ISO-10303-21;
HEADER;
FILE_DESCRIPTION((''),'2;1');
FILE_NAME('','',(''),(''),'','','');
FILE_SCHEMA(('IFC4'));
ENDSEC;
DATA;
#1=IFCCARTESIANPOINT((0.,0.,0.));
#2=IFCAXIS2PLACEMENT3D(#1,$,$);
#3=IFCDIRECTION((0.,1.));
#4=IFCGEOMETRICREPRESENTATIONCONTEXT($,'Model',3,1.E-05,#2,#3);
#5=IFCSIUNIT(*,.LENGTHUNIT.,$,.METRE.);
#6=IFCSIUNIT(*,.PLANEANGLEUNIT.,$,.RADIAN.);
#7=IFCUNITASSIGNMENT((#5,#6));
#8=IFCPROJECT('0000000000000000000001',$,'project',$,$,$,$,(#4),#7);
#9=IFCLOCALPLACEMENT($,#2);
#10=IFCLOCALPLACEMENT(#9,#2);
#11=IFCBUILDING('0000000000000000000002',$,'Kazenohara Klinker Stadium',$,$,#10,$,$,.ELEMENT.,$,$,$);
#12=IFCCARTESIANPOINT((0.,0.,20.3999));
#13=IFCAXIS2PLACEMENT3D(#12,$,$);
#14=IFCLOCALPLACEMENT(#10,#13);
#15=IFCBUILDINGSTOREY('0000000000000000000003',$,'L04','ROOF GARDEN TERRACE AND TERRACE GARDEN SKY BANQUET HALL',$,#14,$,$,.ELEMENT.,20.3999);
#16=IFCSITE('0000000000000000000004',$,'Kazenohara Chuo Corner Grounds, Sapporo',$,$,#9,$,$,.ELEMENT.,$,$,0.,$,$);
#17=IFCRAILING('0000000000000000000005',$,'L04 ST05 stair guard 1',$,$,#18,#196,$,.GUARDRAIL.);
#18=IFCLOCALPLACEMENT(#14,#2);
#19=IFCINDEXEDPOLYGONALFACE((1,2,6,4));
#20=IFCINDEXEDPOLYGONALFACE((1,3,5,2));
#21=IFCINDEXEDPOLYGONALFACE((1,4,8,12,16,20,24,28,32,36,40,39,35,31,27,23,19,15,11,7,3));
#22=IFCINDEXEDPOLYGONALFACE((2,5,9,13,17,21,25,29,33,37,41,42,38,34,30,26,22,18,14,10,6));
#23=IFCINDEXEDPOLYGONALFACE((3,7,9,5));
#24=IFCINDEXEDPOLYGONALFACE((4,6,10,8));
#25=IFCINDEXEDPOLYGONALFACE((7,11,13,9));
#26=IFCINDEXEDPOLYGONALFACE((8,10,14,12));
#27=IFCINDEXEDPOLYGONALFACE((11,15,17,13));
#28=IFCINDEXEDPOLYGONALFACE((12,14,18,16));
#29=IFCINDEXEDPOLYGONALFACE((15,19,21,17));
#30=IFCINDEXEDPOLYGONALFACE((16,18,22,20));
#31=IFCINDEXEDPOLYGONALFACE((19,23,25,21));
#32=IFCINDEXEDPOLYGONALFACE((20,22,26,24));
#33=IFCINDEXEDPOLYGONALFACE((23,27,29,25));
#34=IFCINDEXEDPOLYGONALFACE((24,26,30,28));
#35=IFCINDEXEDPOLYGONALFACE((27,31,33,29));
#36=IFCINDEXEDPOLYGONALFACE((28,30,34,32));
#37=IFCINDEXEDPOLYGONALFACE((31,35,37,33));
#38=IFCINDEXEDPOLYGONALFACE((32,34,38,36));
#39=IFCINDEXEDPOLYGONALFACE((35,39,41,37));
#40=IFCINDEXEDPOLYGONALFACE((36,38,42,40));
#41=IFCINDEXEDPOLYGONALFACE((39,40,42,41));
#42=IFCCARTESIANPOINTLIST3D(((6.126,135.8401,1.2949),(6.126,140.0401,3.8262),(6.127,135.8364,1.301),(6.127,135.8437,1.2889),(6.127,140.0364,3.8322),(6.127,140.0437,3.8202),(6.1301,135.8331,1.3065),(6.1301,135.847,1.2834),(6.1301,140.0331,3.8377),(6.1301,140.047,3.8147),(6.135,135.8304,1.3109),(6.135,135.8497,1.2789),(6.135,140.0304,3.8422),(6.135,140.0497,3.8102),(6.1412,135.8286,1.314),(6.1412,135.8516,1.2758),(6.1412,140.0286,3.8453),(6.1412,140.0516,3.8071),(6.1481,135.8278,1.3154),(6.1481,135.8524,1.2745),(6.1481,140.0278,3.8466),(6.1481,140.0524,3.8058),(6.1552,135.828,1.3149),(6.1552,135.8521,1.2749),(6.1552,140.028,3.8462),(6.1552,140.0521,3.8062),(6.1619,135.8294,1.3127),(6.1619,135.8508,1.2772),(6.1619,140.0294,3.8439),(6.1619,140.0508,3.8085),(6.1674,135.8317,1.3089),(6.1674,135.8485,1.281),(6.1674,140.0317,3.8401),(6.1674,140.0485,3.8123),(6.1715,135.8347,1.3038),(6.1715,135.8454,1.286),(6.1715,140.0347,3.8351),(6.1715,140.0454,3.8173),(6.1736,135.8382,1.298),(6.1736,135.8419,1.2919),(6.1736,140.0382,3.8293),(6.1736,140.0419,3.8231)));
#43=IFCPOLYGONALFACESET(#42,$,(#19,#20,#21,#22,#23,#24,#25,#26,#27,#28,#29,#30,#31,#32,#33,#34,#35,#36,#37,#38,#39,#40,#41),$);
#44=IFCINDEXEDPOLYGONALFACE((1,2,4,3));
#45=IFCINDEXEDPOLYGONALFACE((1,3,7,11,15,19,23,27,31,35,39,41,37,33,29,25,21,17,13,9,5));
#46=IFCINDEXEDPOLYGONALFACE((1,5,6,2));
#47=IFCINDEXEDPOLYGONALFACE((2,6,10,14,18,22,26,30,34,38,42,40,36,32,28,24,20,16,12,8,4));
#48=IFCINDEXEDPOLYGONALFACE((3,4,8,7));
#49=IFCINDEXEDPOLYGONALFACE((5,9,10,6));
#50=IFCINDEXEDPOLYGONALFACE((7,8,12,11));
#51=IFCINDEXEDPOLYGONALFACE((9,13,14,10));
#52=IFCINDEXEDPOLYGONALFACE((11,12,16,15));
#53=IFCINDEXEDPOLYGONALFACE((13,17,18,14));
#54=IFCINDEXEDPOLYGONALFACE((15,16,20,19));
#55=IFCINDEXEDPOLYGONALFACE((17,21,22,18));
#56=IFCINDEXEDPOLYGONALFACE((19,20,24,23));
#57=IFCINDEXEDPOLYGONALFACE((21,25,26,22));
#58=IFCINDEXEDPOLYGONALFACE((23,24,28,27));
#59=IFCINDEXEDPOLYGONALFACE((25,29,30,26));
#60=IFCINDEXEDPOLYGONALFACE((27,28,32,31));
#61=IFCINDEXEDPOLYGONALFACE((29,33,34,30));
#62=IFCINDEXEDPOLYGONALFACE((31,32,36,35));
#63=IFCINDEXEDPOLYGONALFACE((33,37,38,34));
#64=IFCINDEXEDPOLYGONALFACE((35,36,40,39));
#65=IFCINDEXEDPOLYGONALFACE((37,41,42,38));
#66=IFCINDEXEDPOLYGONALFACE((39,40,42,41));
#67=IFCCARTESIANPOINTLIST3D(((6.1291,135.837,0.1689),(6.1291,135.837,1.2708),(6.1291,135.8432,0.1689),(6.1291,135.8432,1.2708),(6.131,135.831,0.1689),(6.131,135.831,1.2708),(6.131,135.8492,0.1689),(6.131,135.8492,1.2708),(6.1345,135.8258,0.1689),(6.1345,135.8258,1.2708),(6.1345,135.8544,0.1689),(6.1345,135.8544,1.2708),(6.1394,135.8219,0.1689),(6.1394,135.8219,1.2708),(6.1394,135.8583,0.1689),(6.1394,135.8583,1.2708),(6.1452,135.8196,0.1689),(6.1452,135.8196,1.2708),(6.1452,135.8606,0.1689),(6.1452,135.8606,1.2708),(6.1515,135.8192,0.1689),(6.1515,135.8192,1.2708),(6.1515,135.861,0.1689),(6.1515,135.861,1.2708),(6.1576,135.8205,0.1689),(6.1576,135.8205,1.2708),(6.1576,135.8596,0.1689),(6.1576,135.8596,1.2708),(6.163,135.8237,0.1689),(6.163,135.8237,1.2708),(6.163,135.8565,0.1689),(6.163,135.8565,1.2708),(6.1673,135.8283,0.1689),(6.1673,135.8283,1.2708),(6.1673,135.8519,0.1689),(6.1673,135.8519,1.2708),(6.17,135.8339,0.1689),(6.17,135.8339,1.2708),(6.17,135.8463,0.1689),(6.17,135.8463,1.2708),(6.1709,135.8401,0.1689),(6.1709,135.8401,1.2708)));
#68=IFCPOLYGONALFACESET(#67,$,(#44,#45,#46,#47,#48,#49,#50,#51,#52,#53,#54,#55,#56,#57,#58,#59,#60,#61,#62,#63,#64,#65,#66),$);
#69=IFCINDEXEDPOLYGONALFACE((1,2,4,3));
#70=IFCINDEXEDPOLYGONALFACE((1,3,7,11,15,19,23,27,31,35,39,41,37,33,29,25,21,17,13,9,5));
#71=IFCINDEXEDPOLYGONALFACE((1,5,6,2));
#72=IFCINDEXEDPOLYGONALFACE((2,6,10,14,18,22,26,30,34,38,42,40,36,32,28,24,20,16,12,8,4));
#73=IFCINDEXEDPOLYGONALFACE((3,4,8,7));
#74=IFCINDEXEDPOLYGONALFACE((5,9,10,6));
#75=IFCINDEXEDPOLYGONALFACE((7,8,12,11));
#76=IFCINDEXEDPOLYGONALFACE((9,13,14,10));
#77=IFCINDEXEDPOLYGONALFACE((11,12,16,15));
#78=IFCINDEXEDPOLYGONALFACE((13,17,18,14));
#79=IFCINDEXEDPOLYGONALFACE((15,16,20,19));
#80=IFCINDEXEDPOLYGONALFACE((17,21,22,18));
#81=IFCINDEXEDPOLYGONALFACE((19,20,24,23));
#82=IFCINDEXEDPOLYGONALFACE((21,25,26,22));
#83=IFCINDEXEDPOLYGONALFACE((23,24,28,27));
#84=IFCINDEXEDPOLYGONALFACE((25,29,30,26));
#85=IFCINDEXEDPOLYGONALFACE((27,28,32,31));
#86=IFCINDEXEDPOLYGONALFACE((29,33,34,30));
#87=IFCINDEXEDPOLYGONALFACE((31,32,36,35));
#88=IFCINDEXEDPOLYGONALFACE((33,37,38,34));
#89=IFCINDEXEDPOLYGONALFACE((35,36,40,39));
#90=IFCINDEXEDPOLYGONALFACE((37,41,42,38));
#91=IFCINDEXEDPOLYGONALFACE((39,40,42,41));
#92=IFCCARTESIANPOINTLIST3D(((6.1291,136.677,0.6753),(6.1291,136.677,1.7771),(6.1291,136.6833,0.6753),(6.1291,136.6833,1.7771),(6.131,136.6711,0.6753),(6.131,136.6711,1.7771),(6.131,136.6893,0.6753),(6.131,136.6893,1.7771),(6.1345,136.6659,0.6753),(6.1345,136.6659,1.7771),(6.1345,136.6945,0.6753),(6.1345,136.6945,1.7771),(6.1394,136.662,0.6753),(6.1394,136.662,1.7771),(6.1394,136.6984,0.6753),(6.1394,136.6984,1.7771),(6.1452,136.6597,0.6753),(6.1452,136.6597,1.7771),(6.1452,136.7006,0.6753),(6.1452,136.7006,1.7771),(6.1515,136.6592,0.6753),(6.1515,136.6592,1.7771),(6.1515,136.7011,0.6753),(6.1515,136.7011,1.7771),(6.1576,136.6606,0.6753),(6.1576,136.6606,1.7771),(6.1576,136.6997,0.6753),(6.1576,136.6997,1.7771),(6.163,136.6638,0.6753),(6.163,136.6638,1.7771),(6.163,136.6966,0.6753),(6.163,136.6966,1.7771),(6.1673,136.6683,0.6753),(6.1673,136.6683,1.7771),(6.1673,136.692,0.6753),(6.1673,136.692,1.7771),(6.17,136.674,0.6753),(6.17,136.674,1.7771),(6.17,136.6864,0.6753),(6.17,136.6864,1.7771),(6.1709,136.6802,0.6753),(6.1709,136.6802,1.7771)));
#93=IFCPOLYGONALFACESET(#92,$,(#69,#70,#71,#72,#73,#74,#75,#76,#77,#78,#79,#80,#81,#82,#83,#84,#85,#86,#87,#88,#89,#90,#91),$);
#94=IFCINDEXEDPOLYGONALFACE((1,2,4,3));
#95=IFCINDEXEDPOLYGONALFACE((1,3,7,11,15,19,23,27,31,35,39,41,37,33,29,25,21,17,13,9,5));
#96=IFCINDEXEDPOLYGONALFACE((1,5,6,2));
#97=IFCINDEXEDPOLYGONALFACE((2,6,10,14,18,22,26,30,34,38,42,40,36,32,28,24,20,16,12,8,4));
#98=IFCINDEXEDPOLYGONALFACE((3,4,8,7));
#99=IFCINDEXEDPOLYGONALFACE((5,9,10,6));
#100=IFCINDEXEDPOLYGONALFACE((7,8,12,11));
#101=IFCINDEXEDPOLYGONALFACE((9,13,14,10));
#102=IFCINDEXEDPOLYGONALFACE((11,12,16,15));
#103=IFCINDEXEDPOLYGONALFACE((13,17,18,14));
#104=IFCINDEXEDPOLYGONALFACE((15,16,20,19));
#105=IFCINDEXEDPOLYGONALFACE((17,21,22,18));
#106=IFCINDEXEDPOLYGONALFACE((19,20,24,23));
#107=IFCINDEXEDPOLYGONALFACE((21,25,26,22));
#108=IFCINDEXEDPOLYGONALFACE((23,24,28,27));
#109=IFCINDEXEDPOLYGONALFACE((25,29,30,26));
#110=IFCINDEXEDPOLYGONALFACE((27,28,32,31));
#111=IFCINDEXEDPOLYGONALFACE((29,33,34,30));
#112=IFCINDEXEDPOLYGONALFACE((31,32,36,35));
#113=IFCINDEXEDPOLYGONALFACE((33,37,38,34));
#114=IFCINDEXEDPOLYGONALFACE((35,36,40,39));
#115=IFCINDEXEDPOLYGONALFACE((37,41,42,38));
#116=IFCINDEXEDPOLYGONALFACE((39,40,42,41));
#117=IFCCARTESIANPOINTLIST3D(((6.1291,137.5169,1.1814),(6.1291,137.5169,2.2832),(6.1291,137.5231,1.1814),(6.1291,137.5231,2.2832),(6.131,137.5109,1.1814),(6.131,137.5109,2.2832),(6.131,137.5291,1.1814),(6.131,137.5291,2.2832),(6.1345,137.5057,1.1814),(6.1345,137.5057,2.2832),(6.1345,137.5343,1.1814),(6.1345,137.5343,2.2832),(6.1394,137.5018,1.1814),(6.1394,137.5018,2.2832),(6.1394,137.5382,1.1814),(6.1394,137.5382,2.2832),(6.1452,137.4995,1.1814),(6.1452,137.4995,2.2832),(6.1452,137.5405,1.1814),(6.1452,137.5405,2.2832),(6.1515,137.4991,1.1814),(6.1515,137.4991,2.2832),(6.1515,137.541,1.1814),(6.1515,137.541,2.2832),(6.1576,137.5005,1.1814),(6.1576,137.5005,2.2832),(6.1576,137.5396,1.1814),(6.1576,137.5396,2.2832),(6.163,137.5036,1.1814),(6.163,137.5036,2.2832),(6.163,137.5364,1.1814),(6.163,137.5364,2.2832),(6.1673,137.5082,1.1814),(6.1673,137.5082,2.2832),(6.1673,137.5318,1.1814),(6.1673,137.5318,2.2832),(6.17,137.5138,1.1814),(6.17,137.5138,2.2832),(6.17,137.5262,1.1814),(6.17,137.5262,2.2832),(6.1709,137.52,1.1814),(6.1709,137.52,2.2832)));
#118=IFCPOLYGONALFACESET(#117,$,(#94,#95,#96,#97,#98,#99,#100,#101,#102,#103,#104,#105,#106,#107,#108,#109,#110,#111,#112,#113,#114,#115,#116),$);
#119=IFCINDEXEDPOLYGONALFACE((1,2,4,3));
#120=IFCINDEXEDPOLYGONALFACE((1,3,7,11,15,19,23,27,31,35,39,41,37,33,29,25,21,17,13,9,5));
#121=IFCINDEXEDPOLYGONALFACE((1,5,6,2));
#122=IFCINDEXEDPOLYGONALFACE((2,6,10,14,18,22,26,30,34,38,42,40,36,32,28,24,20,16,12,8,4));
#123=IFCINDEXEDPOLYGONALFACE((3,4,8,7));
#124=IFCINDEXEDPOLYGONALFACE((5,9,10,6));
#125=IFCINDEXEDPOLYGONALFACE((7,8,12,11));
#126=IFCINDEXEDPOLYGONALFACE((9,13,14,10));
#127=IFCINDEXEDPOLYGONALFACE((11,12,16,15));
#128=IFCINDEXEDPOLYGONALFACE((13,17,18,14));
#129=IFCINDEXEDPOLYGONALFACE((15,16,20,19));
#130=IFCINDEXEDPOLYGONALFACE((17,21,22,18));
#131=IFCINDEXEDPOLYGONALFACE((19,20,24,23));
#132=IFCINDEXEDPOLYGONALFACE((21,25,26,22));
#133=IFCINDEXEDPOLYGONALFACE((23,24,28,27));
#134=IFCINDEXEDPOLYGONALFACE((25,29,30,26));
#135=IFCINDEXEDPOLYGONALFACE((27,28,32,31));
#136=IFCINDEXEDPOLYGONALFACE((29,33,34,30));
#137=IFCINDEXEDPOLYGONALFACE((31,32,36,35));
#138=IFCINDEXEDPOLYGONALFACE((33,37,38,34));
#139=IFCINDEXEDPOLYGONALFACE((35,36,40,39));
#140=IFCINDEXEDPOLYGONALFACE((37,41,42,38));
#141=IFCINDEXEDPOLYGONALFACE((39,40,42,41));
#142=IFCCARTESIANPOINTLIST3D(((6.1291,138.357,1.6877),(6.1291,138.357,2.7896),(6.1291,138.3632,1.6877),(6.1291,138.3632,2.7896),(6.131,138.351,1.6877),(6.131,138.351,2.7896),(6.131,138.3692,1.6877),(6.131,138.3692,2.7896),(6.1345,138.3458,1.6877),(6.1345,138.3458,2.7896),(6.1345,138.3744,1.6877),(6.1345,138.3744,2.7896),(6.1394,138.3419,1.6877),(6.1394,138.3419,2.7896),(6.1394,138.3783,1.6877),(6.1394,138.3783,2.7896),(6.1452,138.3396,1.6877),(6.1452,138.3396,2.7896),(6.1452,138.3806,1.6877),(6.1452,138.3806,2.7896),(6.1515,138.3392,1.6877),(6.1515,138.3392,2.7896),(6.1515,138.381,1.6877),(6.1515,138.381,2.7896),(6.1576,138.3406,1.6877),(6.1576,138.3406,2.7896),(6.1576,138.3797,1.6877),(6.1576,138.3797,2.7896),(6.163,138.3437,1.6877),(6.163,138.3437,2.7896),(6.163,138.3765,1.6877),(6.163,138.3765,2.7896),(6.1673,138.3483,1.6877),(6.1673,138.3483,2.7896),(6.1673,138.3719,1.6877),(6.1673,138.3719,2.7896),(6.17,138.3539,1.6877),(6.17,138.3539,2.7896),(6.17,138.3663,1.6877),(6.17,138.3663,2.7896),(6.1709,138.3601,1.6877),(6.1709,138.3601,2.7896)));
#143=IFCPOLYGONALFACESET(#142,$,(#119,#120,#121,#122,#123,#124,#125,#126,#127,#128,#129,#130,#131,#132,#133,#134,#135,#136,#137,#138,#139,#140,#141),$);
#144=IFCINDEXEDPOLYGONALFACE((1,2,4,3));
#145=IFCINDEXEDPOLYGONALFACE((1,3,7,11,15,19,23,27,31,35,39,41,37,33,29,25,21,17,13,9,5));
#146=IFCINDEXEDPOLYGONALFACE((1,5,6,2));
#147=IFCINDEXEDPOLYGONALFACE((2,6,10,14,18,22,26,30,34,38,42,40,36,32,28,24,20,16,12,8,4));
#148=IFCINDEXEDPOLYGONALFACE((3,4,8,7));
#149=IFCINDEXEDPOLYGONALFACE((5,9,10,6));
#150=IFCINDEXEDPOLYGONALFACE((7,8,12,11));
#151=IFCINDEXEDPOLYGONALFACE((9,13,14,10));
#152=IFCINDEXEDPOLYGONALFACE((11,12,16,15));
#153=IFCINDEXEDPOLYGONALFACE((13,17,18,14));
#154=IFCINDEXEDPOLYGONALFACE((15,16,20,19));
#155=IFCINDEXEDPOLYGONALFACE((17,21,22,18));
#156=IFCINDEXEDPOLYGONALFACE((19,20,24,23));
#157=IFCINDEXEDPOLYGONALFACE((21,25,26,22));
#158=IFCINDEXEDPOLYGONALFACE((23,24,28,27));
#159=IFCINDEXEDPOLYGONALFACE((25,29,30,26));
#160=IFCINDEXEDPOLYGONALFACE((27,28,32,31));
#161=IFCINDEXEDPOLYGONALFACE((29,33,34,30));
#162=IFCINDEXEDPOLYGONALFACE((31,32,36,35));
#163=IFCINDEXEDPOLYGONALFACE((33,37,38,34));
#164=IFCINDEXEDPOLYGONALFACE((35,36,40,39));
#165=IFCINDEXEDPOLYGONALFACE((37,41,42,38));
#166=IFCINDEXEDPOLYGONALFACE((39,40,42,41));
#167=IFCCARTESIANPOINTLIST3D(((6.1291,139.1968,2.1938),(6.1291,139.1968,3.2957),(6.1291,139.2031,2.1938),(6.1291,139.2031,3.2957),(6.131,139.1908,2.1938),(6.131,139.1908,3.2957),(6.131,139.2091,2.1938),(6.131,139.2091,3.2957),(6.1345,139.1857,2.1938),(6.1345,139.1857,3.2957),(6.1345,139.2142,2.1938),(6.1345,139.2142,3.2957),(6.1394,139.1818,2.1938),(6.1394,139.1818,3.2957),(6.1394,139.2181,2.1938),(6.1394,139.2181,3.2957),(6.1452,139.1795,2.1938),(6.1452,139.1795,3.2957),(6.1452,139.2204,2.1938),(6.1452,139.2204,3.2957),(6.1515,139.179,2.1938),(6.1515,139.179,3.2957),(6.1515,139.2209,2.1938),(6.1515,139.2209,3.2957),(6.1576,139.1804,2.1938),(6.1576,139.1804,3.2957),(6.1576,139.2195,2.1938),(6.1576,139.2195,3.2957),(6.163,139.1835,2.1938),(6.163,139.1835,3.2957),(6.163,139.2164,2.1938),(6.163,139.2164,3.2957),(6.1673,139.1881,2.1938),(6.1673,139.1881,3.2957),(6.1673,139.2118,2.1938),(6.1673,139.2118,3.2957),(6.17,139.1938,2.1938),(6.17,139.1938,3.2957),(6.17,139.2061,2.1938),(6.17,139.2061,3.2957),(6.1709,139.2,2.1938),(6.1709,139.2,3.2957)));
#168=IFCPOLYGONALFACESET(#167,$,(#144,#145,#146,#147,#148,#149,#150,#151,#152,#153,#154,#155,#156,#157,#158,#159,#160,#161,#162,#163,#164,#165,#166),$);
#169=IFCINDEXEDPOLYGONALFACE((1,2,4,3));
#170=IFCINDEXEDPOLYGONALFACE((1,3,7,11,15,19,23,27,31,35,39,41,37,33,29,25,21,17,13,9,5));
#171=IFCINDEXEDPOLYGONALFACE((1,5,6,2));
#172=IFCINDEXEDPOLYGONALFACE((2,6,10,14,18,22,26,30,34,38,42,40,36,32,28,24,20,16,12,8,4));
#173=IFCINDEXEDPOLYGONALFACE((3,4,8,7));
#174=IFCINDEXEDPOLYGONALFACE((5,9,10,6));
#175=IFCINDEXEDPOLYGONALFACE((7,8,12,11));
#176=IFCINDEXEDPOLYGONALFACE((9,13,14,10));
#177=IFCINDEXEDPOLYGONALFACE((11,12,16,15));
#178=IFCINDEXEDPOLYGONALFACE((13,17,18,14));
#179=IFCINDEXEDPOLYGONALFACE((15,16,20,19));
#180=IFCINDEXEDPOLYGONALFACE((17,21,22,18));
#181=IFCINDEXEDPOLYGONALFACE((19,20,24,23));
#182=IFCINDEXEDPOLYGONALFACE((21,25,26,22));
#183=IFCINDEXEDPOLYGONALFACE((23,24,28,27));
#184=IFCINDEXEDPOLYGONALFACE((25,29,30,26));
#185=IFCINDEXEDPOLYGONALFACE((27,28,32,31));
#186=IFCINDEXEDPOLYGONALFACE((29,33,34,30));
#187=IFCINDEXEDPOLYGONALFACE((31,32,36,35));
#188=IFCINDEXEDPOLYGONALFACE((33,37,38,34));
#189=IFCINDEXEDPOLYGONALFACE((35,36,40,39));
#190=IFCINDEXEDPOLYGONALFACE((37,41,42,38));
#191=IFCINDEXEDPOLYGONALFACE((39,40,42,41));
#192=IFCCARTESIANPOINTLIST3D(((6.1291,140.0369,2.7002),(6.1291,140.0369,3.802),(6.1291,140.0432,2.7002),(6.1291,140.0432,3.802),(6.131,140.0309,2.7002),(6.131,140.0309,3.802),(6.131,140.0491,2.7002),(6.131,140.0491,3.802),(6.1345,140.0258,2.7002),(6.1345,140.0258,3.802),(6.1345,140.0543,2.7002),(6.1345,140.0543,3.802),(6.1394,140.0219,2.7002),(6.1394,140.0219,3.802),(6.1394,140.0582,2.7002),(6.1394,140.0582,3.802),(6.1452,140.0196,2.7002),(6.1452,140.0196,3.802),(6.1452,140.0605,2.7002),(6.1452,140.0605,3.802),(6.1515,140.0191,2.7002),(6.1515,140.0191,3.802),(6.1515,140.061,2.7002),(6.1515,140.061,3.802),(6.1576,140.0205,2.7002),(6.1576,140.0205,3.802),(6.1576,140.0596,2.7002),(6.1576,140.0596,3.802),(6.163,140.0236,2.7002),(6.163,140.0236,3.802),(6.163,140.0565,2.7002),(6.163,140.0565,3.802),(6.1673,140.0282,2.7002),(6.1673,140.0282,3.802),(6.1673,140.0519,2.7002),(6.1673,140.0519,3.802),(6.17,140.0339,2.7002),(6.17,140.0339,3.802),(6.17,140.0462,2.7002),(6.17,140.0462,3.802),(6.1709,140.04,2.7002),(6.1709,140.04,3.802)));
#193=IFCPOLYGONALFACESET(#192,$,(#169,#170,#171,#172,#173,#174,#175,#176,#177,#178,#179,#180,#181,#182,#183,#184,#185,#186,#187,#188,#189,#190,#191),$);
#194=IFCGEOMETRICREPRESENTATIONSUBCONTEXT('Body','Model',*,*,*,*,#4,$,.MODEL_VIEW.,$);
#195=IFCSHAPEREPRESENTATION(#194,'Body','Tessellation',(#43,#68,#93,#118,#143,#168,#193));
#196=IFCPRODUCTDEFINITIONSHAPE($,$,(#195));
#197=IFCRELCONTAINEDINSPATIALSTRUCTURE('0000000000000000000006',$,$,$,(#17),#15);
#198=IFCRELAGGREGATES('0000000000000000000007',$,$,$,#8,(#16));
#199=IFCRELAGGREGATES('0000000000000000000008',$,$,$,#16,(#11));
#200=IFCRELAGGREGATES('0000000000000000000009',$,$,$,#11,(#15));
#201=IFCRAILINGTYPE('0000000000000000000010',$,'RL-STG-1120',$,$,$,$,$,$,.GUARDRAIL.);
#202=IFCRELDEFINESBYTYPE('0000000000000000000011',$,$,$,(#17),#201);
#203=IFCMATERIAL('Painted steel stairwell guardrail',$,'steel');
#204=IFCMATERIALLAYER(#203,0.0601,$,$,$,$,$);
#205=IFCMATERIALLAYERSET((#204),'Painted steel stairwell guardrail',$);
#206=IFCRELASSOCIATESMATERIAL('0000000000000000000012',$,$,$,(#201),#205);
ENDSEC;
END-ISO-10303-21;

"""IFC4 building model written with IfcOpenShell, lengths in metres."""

from ifc_helpers import new_model, si_unit, direction, frame, origin, origin_2d, place, context, subcontext, project, spatial, circle, extrude, material, layer, layer_set, type_object, element, save


model = new_model("IFC4")

# Units and contexts
model_context = context("Model", 3, precision=1e-05, world=origin(), true_north=direction((0.0, 1.0)))
body_context = subcontext(model_context, "Body", "Model", "MODEL_VIEW")
ifc_project = project(units=[si_unit("LENGTHUNIT", "METRE"), si_unit("PLANEANGLEUNIT", "RADIAN")], contexts=[model_context])

# Site, building, storey
site_placement = place(None, origin())
site = spatial("IfcSite", under=ifc_project, at=site_placement, Name="Kazenohara Chuo Corner Grounds, Sapporo", CompositionType="ELEMENT", RefElevation=0.0)
building_placement = place(site_placement, origin())
building = spatial("IfcBuilding", under=site, at=building_placement, Name="Kazenohara Klinker Stadium", CompositionType="ELEMENT")
storey_placement = place(building_placement, frame((0.0, 0.0, 20.3999)))
storey = spatial("IfcBuildingStorey", under=building, at=storey_placement, Name="L04", Description="ROOF GARDEN TERRACE AND TERRACE GARDEN SKY BANQUET HALL", CompositionType="ELEMENT", Elevation=20.3999)

# Railing
ifc_material_1 = material(Name="Painted steel stairwell guardrail", Category="steel")
ifc_layer_1 = layer(ifc_material_1, 0.0601)
ifc_layer_set_1 = layer_set([ifc_layer_1], Name="Painted steel stairwell guardrail")
railing_type_1 = type_object("IfcRailingType", Name="RL-STG-1120", PredefinedType="GUARDRAIL", material=ifc_layer_set_1)
railing_1_placement = place(storey_placement, frame((6.1499, 135.8401, 0.1689)))
element("IfcRailing", 1, at=railing_1_placement, inside=storey, type_object=railing_type_1, Name="L04 ST05 stair guard 1", PredefinedType="GUARDRAIL", context=body_context, shape_type="SweptSolid", body=[
    extrude(circle(Radius=0.0239, at=origin_2d()), frame((0.0, 0.0, 1.126), z_axis=(0.0, 0.856476, 0.516186), x_axis=(-1.0, 0.0, 0.0)), (0.0, 0.0, 1.0), 4.9038),
    extrude(circle(Radius=0.021, at=origin_2d()), origin(), (0.0, 0.0, 1.0), 1.1018),
    extrude(circle(Radius=0.021, at=origin_2d()), frame((0.0, 0.8401, 0.5063)), (0.0, 0.0, 1.0), 1.1018),
    extrude(circle(Radius=0.021, at=origin_2d()), frame((0.0, 1.6799, 1.0125)), (0.0, 0.0, 1.0), 1.1018),
    extrude(circle(Radius=0.021, at=origin_2d()), frame((0.0, 2.52, 1.5188)), (0.0, 0.0, 1.0), 1.1018),
    extrude(circle(Radius=0.021, at=origin_2d()), frame((0.0, 3.3599, 2.0249)), (0.0, 0.0, 1.0), 1.1018),
    extrude(circle(Radius=0.021, at=origin_2d()), frame((0.0, 4.2, 2.5312)), (0.0, 0.0, 1.0), 1.1018),
])

save(model, "model.ifc")
